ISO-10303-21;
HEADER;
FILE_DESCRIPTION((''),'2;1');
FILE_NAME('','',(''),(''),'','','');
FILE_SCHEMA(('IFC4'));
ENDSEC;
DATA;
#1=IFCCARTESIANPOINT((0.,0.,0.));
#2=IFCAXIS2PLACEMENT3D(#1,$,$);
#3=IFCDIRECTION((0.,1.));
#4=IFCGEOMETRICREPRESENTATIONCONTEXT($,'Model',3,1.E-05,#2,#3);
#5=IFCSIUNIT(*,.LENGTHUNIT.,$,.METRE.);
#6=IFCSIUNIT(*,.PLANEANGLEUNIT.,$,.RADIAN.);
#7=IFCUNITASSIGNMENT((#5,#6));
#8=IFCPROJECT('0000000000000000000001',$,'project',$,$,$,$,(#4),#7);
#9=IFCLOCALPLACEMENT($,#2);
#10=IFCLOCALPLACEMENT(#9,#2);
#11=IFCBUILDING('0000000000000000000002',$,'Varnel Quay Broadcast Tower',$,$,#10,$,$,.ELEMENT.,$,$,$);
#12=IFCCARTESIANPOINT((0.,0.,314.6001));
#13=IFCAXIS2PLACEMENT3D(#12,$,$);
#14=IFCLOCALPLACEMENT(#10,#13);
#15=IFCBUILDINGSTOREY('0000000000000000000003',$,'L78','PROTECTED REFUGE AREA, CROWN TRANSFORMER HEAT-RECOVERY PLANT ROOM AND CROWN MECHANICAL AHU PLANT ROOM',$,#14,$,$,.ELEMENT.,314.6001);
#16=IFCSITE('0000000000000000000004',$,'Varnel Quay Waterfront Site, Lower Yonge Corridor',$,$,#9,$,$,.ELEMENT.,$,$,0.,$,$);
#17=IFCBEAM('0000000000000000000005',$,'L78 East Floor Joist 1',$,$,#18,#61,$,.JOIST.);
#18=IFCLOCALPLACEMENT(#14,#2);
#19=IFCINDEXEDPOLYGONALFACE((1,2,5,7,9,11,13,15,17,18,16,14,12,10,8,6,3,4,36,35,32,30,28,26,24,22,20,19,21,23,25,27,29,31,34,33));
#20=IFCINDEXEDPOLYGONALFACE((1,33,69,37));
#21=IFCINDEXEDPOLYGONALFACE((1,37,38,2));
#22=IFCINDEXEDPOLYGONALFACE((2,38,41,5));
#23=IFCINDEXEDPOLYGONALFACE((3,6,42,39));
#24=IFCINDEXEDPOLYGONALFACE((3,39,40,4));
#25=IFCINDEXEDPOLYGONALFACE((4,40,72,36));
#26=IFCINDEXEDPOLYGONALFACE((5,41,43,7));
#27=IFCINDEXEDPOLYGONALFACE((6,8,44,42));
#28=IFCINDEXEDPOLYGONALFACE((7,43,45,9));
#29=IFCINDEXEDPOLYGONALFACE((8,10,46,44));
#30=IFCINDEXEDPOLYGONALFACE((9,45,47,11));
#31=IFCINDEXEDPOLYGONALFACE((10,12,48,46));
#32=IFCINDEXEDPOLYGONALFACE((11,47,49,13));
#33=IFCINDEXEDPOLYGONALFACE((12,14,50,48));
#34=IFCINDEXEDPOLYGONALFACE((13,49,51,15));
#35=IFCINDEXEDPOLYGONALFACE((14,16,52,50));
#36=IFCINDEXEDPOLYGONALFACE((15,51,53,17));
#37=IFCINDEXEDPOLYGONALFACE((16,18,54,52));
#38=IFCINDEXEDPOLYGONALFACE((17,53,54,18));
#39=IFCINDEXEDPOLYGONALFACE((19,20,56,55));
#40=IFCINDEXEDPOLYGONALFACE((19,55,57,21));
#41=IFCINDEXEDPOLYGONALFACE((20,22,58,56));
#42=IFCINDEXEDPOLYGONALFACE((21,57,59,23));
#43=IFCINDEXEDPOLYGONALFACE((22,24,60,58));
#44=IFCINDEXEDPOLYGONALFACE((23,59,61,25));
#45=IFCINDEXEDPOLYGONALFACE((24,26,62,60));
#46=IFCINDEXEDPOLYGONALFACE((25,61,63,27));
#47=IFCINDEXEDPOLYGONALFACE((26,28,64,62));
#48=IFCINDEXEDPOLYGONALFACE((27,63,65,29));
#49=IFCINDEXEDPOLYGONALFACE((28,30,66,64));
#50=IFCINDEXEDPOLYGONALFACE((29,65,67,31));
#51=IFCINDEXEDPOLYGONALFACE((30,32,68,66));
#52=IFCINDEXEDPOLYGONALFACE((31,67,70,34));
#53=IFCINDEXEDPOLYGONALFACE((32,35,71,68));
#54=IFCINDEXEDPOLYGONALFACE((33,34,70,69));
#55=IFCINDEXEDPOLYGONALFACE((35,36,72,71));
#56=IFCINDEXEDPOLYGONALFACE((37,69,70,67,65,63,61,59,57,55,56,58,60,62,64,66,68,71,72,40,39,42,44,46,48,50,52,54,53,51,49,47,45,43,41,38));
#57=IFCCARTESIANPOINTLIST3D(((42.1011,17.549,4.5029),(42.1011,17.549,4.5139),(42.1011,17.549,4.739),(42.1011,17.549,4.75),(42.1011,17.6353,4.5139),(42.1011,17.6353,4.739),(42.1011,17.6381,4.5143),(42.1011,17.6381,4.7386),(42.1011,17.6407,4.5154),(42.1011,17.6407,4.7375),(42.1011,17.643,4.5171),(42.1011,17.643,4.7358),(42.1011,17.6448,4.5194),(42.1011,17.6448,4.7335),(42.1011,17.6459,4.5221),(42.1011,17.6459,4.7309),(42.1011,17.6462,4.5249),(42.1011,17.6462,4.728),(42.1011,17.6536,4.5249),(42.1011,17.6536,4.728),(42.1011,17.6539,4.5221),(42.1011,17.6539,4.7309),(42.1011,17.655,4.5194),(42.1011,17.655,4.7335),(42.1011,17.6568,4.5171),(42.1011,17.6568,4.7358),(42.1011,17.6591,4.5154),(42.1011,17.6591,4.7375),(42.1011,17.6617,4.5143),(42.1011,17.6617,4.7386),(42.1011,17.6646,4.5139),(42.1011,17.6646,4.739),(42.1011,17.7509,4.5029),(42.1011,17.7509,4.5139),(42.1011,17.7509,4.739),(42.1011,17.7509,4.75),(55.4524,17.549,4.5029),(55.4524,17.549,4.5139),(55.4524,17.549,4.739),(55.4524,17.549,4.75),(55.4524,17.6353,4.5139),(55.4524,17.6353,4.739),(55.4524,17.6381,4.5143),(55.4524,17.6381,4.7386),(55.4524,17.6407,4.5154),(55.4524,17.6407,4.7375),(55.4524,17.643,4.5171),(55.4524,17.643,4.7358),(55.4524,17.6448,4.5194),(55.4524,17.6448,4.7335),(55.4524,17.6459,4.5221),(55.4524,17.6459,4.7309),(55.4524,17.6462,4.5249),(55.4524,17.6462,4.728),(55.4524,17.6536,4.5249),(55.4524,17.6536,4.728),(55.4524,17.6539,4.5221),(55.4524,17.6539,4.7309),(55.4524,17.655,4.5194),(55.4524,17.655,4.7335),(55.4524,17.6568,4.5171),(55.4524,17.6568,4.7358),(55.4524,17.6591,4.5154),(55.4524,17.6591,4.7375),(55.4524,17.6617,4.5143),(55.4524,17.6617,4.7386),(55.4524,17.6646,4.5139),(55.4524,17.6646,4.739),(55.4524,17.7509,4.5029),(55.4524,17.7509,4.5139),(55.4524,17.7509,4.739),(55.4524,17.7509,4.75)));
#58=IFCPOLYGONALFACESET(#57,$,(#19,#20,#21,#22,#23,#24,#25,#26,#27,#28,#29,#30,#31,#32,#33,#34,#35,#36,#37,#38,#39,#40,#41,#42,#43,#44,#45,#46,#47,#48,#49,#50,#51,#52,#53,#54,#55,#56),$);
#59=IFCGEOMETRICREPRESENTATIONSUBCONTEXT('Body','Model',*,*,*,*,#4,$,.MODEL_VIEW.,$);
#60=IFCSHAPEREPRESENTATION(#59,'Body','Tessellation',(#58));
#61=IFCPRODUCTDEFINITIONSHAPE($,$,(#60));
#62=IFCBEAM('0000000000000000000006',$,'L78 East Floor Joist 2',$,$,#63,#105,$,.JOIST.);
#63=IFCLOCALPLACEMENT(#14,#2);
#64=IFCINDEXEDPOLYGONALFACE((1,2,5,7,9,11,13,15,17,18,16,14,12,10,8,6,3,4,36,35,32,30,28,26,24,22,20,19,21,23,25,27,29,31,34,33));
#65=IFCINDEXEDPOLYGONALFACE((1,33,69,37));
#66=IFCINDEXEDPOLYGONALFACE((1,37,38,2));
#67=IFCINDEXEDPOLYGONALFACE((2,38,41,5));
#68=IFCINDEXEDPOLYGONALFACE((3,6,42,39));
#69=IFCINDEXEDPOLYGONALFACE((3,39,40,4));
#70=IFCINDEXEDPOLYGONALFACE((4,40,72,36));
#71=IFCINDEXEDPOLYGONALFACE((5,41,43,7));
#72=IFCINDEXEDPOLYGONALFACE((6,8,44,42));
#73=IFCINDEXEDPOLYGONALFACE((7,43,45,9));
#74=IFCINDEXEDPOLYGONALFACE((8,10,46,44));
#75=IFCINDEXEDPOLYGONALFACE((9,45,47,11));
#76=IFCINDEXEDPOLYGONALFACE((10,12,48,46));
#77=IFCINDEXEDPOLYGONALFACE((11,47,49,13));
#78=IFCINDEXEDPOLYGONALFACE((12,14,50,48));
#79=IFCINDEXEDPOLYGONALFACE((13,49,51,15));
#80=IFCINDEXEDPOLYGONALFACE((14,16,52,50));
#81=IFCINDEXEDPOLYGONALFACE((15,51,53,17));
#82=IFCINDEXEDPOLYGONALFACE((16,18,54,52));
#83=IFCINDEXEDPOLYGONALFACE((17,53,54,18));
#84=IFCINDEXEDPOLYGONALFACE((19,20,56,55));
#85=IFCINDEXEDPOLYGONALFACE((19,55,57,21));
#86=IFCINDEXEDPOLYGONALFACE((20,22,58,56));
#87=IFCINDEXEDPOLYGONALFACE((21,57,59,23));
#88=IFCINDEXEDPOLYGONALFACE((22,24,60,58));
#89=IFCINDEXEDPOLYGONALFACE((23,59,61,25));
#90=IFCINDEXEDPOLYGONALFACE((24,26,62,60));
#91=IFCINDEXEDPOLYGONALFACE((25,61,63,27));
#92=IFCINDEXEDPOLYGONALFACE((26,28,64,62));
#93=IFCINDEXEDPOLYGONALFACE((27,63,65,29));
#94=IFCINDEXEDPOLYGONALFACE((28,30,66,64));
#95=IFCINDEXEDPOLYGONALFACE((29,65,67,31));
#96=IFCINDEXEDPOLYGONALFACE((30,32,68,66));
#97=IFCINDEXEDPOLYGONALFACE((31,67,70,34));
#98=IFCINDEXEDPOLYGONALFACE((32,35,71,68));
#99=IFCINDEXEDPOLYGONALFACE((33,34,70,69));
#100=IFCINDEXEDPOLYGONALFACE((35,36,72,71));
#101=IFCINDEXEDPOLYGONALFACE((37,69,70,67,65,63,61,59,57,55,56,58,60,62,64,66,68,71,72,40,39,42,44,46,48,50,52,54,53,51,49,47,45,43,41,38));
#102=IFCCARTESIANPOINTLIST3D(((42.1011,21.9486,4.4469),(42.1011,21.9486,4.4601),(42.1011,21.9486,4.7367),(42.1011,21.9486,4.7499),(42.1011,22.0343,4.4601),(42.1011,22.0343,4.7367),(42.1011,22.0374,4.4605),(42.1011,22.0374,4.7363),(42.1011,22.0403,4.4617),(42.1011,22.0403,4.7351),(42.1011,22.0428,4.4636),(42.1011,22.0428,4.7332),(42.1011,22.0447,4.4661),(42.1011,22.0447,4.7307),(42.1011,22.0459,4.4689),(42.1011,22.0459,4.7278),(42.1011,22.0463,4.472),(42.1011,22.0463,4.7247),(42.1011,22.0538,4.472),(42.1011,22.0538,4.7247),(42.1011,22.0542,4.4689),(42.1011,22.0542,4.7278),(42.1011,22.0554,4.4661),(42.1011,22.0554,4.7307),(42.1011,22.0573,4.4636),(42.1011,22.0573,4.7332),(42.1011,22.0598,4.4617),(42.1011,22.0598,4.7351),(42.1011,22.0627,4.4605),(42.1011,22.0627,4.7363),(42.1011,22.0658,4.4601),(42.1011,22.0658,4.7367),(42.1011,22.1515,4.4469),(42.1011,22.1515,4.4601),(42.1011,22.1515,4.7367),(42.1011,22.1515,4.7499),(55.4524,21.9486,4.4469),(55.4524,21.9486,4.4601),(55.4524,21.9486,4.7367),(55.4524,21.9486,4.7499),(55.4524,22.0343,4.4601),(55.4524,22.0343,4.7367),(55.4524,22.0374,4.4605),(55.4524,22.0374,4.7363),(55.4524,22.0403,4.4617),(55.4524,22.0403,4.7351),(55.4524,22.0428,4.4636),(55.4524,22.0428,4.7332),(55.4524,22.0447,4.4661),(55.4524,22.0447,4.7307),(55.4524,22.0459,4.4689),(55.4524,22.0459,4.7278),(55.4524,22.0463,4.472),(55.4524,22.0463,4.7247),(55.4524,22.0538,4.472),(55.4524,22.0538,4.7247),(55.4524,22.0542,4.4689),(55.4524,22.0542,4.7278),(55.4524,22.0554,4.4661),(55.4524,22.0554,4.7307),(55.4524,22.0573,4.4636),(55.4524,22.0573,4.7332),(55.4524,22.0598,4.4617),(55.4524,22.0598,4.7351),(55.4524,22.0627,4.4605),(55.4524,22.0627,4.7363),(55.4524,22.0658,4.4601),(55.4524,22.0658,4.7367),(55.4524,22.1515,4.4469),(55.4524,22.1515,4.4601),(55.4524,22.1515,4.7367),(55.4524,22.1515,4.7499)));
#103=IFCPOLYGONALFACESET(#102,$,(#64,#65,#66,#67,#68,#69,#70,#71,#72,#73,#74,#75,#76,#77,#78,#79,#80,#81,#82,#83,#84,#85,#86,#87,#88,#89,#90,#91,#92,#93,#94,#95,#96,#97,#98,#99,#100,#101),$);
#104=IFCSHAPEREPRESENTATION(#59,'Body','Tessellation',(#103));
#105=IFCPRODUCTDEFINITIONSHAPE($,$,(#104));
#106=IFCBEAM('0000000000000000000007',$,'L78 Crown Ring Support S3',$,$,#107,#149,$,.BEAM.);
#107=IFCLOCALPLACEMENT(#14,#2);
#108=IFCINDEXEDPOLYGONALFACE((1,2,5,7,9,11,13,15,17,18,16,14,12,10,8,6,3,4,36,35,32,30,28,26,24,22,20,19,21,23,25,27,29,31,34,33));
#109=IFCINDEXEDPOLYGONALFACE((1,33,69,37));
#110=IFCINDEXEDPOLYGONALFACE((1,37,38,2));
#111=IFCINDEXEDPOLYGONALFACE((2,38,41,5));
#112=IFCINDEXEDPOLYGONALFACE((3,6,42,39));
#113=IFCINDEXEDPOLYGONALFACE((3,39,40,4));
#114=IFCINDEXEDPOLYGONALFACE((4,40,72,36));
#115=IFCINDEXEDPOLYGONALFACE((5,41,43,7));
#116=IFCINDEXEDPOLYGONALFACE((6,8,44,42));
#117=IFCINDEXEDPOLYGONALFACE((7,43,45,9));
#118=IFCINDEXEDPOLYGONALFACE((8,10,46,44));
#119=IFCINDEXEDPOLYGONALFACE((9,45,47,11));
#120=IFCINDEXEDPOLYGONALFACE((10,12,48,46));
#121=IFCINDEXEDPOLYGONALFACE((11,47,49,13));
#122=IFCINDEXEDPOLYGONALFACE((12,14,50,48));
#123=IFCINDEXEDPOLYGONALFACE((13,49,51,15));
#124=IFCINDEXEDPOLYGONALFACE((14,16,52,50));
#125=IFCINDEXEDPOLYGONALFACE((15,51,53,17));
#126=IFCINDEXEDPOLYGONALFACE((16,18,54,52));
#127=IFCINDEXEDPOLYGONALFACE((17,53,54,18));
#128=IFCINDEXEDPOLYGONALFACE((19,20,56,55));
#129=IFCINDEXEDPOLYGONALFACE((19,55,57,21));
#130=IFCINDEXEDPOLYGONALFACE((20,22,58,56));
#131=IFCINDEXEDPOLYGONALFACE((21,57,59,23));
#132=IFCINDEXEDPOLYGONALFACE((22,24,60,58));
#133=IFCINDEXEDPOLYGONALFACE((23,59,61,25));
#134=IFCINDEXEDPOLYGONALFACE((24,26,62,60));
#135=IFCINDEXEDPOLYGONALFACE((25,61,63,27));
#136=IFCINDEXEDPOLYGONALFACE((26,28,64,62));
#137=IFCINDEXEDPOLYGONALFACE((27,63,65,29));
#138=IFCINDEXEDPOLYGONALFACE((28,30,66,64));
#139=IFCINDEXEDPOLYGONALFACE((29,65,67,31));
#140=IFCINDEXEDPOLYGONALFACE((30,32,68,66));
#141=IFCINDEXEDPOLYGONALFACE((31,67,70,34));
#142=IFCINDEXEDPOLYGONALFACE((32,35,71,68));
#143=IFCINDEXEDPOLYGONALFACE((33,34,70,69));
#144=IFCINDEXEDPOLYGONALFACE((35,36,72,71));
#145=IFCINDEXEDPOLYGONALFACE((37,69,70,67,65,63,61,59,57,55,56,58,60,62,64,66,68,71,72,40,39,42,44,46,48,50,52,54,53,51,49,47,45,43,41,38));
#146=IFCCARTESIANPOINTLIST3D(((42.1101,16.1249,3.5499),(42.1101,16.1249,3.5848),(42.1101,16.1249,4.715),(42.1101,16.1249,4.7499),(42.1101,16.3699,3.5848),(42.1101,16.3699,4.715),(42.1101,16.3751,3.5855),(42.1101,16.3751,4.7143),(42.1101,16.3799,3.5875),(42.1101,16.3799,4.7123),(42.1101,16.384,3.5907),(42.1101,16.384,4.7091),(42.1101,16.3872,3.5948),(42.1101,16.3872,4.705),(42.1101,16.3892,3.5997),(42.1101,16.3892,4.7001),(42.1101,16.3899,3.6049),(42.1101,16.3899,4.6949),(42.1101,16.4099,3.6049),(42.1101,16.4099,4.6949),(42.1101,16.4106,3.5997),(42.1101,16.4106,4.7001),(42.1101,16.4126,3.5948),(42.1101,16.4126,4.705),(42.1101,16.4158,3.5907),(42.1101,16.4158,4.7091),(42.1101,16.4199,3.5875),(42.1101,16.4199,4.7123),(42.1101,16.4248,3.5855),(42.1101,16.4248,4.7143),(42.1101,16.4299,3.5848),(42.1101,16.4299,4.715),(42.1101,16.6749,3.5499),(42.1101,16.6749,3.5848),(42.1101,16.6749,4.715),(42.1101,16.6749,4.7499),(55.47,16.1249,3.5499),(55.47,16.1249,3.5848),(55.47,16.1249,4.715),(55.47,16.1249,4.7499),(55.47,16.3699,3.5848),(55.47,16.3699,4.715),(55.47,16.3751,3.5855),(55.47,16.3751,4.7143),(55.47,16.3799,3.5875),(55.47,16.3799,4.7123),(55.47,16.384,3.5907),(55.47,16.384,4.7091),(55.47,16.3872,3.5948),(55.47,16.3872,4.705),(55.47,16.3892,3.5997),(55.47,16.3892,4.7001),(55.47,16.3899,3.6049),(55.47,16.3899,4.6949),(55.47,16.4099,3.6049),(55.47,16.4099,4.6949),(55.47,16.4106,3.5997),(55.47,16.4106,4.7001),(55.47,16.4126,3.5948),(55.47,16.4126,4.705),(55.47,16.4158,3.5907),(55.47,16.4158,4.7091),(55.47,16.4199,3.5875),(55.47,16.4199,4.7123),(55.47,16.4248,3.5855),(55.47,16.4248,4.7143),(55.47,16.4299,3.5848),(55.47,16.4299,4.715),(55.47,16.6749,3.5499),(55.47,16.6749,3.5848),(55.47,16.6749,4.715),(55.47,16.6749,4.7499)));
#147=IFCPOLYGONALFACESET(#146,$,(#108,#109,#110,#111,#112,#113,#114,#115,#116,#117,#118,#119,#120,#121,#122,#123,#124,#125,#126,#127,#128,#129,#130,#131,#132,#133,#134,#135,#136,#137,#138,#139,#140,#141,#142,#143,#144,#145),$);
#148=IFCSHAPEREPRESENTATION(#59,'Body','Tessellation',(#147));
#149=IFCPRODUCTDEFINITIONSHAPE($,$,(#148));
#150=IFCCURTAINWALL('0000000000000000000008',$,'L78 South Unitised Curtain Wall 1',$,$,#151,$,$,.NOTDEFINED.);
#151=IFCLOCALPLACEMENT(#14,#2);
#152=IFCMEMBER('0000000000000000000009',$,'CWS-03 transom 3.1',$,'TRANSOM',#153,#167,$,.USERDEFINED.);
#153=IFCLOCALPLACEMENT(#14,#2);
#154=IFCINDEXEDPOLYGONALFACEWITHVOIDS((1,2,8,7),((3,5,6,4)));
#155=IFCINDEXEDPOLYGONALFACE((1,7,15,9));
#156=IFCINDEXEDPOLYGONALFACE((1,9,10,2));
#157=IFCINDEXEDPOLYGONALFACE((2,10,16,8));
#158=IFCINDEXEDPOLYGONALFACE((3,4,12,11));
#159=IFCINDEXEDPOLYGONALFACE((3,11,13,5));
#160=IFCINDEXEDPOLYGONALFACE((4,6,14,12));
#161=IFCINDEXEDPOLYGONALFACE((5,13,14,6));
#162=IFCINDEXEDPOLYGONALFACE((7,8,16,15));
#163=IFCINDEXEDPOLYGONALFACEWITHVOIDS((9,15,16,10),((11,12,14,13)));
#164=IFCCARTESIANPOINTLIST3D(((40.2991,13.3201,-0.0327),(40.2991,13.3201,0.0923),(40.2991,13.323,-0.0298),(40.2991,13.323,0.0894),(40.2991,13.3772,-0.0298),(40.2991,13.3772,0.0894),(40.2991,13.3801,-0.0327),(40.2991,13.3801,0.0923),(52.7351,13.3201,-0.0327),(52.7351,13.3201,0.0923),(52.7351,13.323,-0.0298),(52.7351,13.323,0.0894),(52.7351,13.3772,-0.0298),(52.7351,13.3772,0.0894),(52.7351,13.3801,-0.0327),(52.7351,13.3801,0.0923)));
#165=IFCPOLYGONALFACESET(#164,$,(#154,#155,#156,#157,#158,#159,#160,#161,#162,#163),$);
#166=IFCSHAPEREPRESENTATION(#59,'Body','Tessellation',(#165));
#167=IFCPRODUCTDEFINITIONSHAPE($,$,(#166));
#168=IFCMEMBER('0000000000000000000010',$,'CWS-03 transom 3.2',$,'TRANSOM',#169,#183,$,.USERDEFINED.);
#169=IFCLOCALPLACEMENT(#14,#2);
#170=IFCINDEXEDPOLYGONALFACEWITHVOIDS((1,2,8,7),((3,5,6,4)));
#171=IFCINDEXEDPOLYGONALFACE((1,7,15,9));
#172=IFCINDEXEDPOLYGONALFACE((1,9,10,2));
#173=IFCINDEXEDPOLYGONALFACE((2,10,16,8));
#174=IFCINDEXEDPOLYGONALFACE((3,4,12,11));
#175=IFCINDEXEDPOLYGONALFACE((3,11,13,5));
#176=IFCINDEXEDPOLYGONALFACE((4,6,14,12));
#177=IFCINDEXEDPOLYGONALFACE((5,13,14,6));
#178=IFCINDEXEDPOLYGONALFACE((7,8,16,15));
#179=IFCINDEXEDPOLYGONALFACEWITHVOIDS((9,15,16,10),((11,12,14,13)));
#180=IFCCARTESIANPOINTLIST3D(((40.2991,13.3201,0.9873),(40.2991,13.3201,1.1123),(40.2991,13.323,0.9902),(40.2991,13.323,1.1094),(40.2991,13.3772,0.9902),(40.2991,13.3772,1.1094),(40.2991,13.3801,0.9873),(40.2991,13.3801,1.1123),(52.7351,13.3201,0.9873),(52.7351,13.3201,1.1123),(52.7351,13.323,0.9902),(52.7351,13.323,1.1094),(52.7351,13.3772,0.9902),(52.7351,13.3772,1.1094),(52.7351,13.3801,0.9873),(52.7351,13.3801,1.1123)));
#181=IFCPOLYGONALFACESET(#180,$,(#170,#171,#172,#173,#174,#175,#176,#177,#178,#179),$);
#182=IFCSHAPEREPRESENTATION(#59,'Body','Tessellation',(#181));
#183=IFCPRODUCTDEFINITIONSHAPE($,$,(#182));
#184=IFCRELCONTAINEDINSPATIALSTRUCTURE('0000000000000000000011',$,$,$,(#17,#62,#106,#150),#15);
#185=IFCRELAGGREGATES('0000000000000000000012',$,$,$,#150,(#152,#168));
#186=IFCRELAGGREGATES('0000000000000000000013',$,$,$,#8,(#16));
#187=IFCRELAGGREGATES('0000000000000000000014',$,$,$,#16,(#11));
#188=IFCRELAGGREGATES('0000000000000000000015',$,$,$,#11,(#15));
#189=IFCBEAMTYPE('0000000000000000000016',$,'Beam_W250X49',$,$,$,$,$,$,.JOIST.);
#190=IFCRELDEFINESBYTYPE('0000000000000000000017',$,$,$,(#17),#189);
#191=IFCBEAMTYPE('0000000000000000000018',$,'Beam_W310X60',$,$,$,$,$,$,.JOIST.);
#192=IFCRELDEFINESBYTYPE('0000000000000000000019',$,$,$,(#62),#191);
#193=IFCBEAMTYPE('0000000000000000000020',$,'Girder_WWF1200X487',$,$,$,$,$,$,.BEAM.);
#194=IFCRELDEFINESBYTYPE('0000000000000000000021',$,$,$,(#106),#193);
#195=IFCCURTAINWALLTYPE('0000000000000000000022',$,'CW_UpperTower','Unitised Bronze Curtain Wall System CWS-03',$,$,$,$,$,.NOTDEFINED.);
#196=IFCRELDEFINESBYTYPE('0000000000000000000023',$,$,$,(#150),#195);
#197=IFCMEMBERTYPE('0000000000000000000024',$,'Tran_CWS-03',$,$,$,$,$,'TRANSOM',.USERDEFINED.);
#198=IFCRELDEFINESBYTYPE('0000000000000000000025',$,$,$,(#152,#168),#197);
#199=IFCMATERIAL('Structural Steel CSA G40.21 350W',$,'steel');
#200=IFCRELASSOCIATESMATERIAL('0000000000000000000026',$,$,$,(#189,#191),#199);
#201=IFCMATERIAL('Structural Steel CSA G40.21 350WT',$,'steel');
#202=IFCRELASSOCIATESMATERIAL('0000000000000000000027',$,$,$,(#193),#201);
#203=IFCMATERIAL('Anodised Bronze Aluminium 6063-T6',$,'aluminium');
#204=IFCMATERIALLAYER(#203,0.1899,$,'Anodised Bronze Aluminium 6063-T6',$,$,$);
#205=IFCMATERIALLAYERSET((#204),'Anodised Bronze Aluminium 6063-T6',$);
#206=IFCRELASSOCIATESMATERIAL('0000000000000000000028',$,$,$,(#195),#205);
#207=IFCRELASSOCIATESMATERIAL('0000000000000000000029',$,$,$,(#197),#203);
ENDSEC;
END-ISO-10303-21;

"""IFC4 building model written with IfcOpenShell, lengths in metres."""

from ifc_helpers import new_model, si_unit, direction, frame, origin, origin_2d, place, context, subcontext, project, spatial, hollow_rectangle, i_section, extrude, source, transform, mapped, material, layer, layer_set, material_profile, profile_set, type_object, type_shapes, element, aggregate, save


model = new_model("IFC4")

# Units and contexts
model_context = context("Model", 3, precision=1e-05, world=origin(), true_north=direction((0.0, 1.0)))
body_context = subcontext(model_context, "Body", "Model", "MODEL_VIEW")
ifc_project = project(units=[si_unit("LENGTHUNIT", "METRE"), si_unit("PLANEANGLEUNIT", "RADIAN")], contexts=[model_context])

# Site, building, storey
site_placement = place(None, origin())
site = spatial("IfcSite", under=ifc_project, at=site_placement, Name="Varnel Quay Waterfront Site, Lower Yonge Corridor", CompositionType="ELEMENT", RefElevation=0.0)
building_placement = place(site_placement, origin())
building = spatial("IfcBuilding", under=site, at=building_placement, Name="Varnel Quay Broadcast Tower", CompositionType="ELEMENT")
storey_placement = place(building_placement, frame((0.0, 0.0, 314.6001)))
storey = spatial("IfcBuildingStorey", under=building, at=storey_placement, Name="L78", Description="PROTECTED REFUGE AREA, CROWN TRANSFORMER HEAT-RECOVERY PLANT ROOM AND CROWN MECHANICAL AHU PLANT ROOM", CompositionType="ELEMENT", Elevation=314.6001)

# Shared definitions
ifc_material_1 = material(Name="Structural Steel CSA G40.21 350W", Category="steel")

# Beams
ifc_material_profile_1 = material_profile(ifc_material_1, i_section(OverallWidth=0.2019, OverallDepth=0.2471, WebThickness=0.0073, FlangeThickness=0.011, FilletRadius=0.011, at=origin_2d()), Name="W250X49")
ifc_profile_set_1 = profile_set([ifc_material_profile_1], Name="Structural Steel CSA G40.21 350W")
beam_type_1 = type_object("IfcBeamType", Name="Beam_W250X49", PredefinedType="JOIST", material=ifc_profile_set_1)
shared_shape_1 = source(origin(), body_context, "Body", "SweptSolid", [
    extrude(i_section(OverallWidth=0.2019, OverallDepth=0.2471, WebThickness=0.0073, FlangeThickness=0.011, FilletRadius=0.011, at=origin_2d()), origin(), (0.0, 0.0, 1.0), 13.3513),
])
type_shapes(beam_type_1, [shared_shape_1])
beam_1_placement = place(storey_placement, frame((42.1011, 17.6499, 4.6265), z_axis=(1.0, 0.0, 0.0), x_axis=(0.0, 1.0, 0.0)))
element("IfcBeam", 1, at=beam_1_placement, inside=storey, type_object=beam_type_1, Name="L78 East Floor Joist 1", PredefinedType="JOIST", context=body_context, shape_type="MappedRepresentation", body=[
    mapped(shared_shape_1, transform((0.0, 0.0, 0.0), x_axis=(1.0, 0.0, 0.0), y_axis=(0.0, 1.0, 0.0), z_axis=(0.0, 0.0, 1.0), scale=1.0)),
])
ifc_material_profile_2 = material_profile(ifc_material_1, i_section(OverallWidth=0.2029, OverallDepth=0.303, WebThickness=0.0076, FlangeThickness=0.0132, FilletRadius=0.012, at=origin_2d()), Name="W310X60")
ifc_profile_set_2 = profile_set([ifc_material_profile_2], Name="Structural Steel CSA G40.21 350W")
beam_type_2 = type_object("IfcBeamType", Name="Beam_W310X60", PredefinedType="JOIST", material=ifc_profile_set_2)
shared_shape_2 = source(origin(), body_context, "Body", "SweptSolid", [
    extrude(i_section(OverallWidth=0.2029, OverallDepth=0.303, WebThickness=0.0076, FlangeThickness=0.0132, FilletRadius=0.012, at=origin_2d()), origin(), (0.0, 0.0, 1.0), 13.3513),
])
type_shapes(beam_type_2, [shared_shape_2])
beam_2_placement = place(storey_placement, frame((42.1011, 22.05, 4.5984), z_axis=(1.0, 0.0, 0.0), x_axis=(0.0, 1.0, 0.0)))
element("IfcBeam", 2, at=beam_2_placement, inside=storey, type_object=beam_type_2, Name="L78 East Floor Joist 2", PredefinedType="JOIST", context=body_context, shape_type="MappedRepresentation", body=[
    mapped(shared_shape_2, transform((0.0, 0.0, 0.0), x_axis=(1.0, 0.0, 0.0), y_axis=(0.0, 1.0, 0.0), z_axis=(0.0, 0.0, 1.0), scale=1.0)),
])
ifc_material_2 = material(Name="Structural Steel CSA G40.21 350WT", Category="steel")
ifc_material_profile_3 = material_profile(ifc_material_2, i_section(OverallWidth=0.55, OverallDepth=1.2, WebThickness=0.02, FlangeThickness=0.0349, FilletRadius=0.02, at=origin_2d()), Name="WWF1200X487")
ifc_profile_set_3 = profile_set([ifc_material_profile_3], Name="Structural Steel CSA G40.21 350WT")
beam_type_3 = type_object("IfcBeamType", Name="Girder_WWF1200X487", PredefinedType="BEAM", material=ifc_profile_set_3)
shared_shape_3 = source(origin(), body_context, "Body", "SweptSolid", [
    extrude(i_section(OverallWidth=0.55, OverallDepth=1.2, WebThickness=0.02, FlangeThickness=0.0349, FilletRadius=0.02, at=origin_2d()), origin(), (0.0, 0.0, 1.0), 13.3599),
])
type_shapes(beam_type_3, [shared_shape_3])
beam_3_placement = place(storey_placement, frame((42.1101, 16.3999, 4.1499), z_axis=(1.0, 0.0, 0.0), x_axis=(0.0, 1.0, 0.0)))
element("IfcBeam", 3, at=beam_3_placement, inside=storey, type_object=beam_type_3, Name="L78 Crown Ring Support S3", PredefinedType="BEAM", context=body_context, shape_type="MappedRepresentation", body=[
    mapped(shared_shape_3, transform((0.0, 0.0, 0.0), x_axis=(1.0, 0.0, 0.0), y_axis=(0.0, 1.0, 0.0), z_axis=(0.0, 0.0, 1.0), scale=1.0)),
])

# Curtain wall, members
ifc_material_3 = material(Name="Anodised Bronze Aluminium 6063-T6", Category="aluminium")
ifc_layer_1 = layer(ifc_material_3, 0.1899, Name="Anodised Bronze Aluminium 6063-T6")
ifc_layer_set_1 = layer_set([ifc_layer_1], Name="Anodised Bronze Aluminium 6063-T6")
curtain_wall_type = type_object("IfcCurtainWallType", Name="CW_UpperTower", Description="Unitised Bronze Curtain Wall System CWS-03", PredefinedType="NOTDEFINED", material=ifc_layer_set_1)
curtain_wall_placement = place(storey_placement, origin())
curtain_wall = element("IfcCurtainWall", 4, at=curtain_wall_placement, inside=storey, type_object=curtain_wall_type, Name="L78 South Unitised Curtain Wall 1", PredefinedType="NOTDEFINED")
ifc_material_profile_4 = material_profile(ifc_material_3, hollow_rectangle(XDim=0.0601, YDim=0.125, WallThickness=0.0029, at=origin_2d()), Name="ALU60X125X3")
ifc_profile_set_4 = profile_set([ifc_material_profile_4], Name="Anodised Bronze Aluminium 6063-T6")
member_type_1 = type_object("IfcMemberType", Name="Tran_CWS-03", ElementType="TRANSOM", PredefinedType="USERDEFINED", material=ifc_profile_set_4)
shared_shape_4 = source(origin(), body_context, "Body", "SweptSolid", [
    extrude(hollow_rectangle(XDim=0.0601, YDim=0.125, WallThickness=0.0029, at=origin_2d()), origin(), (0.0, 0.0, 1.0), 12.436),
])
type_shapes(member_type_1, [shared_shape_4])
member_1_placement = place(storey_placement, frame((40.2991, 13.3501, 0.0298), z_axis=(1.0, 0.0, 0.0), x_axis=(0.0, 1.0, 0.0)))
member_1 = element("IfcMember", 5, at=member_1_placement, type_object=member_type_1, Name="CWS-03 transom 3.1", ObjectType="TRANSOM", PredefinedType="USERDEFINED", context=body_context, shape_type="MappedRepresentation", body=[
    mapped(shared_shape_4, transform((0.0, 0.0, 0.0), x_axis=(1.0, 0.0, 0.0), y_axis=(0.0, 1.0, 0.0), z_axis=(0.0, 0.0, 1.0), scale=1.0)),
])
member_2_placement = place(storey_placement, frame((40.2991, 13.3501, 1.0498), z_axis=(1.0, 0.0, 0.0), x_axis=(0.0, 1.0, 0.0)))
member_2 = element("IfcMember", 6, at=member_2_placement, type_object=member_type_1, Name="CWS-03 transom 3.2", ObjectType="TRANSOM", PredefinedType="USERDEFINED", context=body_context, shape_type="MappedRepresentation", body=[
    mapped(shared_shape_4, transform((0.0, 0.0, 0.0), x_axis=(1.0, 0.0, 0.0), y_axis=(0.0, 1.0, 0.0), z_axis=(0.0, 0.0, 1.0), scale=1.0)),
])
aggregate(curtain_wall, [member_1, member_2])

save(model, "model.ifc")
